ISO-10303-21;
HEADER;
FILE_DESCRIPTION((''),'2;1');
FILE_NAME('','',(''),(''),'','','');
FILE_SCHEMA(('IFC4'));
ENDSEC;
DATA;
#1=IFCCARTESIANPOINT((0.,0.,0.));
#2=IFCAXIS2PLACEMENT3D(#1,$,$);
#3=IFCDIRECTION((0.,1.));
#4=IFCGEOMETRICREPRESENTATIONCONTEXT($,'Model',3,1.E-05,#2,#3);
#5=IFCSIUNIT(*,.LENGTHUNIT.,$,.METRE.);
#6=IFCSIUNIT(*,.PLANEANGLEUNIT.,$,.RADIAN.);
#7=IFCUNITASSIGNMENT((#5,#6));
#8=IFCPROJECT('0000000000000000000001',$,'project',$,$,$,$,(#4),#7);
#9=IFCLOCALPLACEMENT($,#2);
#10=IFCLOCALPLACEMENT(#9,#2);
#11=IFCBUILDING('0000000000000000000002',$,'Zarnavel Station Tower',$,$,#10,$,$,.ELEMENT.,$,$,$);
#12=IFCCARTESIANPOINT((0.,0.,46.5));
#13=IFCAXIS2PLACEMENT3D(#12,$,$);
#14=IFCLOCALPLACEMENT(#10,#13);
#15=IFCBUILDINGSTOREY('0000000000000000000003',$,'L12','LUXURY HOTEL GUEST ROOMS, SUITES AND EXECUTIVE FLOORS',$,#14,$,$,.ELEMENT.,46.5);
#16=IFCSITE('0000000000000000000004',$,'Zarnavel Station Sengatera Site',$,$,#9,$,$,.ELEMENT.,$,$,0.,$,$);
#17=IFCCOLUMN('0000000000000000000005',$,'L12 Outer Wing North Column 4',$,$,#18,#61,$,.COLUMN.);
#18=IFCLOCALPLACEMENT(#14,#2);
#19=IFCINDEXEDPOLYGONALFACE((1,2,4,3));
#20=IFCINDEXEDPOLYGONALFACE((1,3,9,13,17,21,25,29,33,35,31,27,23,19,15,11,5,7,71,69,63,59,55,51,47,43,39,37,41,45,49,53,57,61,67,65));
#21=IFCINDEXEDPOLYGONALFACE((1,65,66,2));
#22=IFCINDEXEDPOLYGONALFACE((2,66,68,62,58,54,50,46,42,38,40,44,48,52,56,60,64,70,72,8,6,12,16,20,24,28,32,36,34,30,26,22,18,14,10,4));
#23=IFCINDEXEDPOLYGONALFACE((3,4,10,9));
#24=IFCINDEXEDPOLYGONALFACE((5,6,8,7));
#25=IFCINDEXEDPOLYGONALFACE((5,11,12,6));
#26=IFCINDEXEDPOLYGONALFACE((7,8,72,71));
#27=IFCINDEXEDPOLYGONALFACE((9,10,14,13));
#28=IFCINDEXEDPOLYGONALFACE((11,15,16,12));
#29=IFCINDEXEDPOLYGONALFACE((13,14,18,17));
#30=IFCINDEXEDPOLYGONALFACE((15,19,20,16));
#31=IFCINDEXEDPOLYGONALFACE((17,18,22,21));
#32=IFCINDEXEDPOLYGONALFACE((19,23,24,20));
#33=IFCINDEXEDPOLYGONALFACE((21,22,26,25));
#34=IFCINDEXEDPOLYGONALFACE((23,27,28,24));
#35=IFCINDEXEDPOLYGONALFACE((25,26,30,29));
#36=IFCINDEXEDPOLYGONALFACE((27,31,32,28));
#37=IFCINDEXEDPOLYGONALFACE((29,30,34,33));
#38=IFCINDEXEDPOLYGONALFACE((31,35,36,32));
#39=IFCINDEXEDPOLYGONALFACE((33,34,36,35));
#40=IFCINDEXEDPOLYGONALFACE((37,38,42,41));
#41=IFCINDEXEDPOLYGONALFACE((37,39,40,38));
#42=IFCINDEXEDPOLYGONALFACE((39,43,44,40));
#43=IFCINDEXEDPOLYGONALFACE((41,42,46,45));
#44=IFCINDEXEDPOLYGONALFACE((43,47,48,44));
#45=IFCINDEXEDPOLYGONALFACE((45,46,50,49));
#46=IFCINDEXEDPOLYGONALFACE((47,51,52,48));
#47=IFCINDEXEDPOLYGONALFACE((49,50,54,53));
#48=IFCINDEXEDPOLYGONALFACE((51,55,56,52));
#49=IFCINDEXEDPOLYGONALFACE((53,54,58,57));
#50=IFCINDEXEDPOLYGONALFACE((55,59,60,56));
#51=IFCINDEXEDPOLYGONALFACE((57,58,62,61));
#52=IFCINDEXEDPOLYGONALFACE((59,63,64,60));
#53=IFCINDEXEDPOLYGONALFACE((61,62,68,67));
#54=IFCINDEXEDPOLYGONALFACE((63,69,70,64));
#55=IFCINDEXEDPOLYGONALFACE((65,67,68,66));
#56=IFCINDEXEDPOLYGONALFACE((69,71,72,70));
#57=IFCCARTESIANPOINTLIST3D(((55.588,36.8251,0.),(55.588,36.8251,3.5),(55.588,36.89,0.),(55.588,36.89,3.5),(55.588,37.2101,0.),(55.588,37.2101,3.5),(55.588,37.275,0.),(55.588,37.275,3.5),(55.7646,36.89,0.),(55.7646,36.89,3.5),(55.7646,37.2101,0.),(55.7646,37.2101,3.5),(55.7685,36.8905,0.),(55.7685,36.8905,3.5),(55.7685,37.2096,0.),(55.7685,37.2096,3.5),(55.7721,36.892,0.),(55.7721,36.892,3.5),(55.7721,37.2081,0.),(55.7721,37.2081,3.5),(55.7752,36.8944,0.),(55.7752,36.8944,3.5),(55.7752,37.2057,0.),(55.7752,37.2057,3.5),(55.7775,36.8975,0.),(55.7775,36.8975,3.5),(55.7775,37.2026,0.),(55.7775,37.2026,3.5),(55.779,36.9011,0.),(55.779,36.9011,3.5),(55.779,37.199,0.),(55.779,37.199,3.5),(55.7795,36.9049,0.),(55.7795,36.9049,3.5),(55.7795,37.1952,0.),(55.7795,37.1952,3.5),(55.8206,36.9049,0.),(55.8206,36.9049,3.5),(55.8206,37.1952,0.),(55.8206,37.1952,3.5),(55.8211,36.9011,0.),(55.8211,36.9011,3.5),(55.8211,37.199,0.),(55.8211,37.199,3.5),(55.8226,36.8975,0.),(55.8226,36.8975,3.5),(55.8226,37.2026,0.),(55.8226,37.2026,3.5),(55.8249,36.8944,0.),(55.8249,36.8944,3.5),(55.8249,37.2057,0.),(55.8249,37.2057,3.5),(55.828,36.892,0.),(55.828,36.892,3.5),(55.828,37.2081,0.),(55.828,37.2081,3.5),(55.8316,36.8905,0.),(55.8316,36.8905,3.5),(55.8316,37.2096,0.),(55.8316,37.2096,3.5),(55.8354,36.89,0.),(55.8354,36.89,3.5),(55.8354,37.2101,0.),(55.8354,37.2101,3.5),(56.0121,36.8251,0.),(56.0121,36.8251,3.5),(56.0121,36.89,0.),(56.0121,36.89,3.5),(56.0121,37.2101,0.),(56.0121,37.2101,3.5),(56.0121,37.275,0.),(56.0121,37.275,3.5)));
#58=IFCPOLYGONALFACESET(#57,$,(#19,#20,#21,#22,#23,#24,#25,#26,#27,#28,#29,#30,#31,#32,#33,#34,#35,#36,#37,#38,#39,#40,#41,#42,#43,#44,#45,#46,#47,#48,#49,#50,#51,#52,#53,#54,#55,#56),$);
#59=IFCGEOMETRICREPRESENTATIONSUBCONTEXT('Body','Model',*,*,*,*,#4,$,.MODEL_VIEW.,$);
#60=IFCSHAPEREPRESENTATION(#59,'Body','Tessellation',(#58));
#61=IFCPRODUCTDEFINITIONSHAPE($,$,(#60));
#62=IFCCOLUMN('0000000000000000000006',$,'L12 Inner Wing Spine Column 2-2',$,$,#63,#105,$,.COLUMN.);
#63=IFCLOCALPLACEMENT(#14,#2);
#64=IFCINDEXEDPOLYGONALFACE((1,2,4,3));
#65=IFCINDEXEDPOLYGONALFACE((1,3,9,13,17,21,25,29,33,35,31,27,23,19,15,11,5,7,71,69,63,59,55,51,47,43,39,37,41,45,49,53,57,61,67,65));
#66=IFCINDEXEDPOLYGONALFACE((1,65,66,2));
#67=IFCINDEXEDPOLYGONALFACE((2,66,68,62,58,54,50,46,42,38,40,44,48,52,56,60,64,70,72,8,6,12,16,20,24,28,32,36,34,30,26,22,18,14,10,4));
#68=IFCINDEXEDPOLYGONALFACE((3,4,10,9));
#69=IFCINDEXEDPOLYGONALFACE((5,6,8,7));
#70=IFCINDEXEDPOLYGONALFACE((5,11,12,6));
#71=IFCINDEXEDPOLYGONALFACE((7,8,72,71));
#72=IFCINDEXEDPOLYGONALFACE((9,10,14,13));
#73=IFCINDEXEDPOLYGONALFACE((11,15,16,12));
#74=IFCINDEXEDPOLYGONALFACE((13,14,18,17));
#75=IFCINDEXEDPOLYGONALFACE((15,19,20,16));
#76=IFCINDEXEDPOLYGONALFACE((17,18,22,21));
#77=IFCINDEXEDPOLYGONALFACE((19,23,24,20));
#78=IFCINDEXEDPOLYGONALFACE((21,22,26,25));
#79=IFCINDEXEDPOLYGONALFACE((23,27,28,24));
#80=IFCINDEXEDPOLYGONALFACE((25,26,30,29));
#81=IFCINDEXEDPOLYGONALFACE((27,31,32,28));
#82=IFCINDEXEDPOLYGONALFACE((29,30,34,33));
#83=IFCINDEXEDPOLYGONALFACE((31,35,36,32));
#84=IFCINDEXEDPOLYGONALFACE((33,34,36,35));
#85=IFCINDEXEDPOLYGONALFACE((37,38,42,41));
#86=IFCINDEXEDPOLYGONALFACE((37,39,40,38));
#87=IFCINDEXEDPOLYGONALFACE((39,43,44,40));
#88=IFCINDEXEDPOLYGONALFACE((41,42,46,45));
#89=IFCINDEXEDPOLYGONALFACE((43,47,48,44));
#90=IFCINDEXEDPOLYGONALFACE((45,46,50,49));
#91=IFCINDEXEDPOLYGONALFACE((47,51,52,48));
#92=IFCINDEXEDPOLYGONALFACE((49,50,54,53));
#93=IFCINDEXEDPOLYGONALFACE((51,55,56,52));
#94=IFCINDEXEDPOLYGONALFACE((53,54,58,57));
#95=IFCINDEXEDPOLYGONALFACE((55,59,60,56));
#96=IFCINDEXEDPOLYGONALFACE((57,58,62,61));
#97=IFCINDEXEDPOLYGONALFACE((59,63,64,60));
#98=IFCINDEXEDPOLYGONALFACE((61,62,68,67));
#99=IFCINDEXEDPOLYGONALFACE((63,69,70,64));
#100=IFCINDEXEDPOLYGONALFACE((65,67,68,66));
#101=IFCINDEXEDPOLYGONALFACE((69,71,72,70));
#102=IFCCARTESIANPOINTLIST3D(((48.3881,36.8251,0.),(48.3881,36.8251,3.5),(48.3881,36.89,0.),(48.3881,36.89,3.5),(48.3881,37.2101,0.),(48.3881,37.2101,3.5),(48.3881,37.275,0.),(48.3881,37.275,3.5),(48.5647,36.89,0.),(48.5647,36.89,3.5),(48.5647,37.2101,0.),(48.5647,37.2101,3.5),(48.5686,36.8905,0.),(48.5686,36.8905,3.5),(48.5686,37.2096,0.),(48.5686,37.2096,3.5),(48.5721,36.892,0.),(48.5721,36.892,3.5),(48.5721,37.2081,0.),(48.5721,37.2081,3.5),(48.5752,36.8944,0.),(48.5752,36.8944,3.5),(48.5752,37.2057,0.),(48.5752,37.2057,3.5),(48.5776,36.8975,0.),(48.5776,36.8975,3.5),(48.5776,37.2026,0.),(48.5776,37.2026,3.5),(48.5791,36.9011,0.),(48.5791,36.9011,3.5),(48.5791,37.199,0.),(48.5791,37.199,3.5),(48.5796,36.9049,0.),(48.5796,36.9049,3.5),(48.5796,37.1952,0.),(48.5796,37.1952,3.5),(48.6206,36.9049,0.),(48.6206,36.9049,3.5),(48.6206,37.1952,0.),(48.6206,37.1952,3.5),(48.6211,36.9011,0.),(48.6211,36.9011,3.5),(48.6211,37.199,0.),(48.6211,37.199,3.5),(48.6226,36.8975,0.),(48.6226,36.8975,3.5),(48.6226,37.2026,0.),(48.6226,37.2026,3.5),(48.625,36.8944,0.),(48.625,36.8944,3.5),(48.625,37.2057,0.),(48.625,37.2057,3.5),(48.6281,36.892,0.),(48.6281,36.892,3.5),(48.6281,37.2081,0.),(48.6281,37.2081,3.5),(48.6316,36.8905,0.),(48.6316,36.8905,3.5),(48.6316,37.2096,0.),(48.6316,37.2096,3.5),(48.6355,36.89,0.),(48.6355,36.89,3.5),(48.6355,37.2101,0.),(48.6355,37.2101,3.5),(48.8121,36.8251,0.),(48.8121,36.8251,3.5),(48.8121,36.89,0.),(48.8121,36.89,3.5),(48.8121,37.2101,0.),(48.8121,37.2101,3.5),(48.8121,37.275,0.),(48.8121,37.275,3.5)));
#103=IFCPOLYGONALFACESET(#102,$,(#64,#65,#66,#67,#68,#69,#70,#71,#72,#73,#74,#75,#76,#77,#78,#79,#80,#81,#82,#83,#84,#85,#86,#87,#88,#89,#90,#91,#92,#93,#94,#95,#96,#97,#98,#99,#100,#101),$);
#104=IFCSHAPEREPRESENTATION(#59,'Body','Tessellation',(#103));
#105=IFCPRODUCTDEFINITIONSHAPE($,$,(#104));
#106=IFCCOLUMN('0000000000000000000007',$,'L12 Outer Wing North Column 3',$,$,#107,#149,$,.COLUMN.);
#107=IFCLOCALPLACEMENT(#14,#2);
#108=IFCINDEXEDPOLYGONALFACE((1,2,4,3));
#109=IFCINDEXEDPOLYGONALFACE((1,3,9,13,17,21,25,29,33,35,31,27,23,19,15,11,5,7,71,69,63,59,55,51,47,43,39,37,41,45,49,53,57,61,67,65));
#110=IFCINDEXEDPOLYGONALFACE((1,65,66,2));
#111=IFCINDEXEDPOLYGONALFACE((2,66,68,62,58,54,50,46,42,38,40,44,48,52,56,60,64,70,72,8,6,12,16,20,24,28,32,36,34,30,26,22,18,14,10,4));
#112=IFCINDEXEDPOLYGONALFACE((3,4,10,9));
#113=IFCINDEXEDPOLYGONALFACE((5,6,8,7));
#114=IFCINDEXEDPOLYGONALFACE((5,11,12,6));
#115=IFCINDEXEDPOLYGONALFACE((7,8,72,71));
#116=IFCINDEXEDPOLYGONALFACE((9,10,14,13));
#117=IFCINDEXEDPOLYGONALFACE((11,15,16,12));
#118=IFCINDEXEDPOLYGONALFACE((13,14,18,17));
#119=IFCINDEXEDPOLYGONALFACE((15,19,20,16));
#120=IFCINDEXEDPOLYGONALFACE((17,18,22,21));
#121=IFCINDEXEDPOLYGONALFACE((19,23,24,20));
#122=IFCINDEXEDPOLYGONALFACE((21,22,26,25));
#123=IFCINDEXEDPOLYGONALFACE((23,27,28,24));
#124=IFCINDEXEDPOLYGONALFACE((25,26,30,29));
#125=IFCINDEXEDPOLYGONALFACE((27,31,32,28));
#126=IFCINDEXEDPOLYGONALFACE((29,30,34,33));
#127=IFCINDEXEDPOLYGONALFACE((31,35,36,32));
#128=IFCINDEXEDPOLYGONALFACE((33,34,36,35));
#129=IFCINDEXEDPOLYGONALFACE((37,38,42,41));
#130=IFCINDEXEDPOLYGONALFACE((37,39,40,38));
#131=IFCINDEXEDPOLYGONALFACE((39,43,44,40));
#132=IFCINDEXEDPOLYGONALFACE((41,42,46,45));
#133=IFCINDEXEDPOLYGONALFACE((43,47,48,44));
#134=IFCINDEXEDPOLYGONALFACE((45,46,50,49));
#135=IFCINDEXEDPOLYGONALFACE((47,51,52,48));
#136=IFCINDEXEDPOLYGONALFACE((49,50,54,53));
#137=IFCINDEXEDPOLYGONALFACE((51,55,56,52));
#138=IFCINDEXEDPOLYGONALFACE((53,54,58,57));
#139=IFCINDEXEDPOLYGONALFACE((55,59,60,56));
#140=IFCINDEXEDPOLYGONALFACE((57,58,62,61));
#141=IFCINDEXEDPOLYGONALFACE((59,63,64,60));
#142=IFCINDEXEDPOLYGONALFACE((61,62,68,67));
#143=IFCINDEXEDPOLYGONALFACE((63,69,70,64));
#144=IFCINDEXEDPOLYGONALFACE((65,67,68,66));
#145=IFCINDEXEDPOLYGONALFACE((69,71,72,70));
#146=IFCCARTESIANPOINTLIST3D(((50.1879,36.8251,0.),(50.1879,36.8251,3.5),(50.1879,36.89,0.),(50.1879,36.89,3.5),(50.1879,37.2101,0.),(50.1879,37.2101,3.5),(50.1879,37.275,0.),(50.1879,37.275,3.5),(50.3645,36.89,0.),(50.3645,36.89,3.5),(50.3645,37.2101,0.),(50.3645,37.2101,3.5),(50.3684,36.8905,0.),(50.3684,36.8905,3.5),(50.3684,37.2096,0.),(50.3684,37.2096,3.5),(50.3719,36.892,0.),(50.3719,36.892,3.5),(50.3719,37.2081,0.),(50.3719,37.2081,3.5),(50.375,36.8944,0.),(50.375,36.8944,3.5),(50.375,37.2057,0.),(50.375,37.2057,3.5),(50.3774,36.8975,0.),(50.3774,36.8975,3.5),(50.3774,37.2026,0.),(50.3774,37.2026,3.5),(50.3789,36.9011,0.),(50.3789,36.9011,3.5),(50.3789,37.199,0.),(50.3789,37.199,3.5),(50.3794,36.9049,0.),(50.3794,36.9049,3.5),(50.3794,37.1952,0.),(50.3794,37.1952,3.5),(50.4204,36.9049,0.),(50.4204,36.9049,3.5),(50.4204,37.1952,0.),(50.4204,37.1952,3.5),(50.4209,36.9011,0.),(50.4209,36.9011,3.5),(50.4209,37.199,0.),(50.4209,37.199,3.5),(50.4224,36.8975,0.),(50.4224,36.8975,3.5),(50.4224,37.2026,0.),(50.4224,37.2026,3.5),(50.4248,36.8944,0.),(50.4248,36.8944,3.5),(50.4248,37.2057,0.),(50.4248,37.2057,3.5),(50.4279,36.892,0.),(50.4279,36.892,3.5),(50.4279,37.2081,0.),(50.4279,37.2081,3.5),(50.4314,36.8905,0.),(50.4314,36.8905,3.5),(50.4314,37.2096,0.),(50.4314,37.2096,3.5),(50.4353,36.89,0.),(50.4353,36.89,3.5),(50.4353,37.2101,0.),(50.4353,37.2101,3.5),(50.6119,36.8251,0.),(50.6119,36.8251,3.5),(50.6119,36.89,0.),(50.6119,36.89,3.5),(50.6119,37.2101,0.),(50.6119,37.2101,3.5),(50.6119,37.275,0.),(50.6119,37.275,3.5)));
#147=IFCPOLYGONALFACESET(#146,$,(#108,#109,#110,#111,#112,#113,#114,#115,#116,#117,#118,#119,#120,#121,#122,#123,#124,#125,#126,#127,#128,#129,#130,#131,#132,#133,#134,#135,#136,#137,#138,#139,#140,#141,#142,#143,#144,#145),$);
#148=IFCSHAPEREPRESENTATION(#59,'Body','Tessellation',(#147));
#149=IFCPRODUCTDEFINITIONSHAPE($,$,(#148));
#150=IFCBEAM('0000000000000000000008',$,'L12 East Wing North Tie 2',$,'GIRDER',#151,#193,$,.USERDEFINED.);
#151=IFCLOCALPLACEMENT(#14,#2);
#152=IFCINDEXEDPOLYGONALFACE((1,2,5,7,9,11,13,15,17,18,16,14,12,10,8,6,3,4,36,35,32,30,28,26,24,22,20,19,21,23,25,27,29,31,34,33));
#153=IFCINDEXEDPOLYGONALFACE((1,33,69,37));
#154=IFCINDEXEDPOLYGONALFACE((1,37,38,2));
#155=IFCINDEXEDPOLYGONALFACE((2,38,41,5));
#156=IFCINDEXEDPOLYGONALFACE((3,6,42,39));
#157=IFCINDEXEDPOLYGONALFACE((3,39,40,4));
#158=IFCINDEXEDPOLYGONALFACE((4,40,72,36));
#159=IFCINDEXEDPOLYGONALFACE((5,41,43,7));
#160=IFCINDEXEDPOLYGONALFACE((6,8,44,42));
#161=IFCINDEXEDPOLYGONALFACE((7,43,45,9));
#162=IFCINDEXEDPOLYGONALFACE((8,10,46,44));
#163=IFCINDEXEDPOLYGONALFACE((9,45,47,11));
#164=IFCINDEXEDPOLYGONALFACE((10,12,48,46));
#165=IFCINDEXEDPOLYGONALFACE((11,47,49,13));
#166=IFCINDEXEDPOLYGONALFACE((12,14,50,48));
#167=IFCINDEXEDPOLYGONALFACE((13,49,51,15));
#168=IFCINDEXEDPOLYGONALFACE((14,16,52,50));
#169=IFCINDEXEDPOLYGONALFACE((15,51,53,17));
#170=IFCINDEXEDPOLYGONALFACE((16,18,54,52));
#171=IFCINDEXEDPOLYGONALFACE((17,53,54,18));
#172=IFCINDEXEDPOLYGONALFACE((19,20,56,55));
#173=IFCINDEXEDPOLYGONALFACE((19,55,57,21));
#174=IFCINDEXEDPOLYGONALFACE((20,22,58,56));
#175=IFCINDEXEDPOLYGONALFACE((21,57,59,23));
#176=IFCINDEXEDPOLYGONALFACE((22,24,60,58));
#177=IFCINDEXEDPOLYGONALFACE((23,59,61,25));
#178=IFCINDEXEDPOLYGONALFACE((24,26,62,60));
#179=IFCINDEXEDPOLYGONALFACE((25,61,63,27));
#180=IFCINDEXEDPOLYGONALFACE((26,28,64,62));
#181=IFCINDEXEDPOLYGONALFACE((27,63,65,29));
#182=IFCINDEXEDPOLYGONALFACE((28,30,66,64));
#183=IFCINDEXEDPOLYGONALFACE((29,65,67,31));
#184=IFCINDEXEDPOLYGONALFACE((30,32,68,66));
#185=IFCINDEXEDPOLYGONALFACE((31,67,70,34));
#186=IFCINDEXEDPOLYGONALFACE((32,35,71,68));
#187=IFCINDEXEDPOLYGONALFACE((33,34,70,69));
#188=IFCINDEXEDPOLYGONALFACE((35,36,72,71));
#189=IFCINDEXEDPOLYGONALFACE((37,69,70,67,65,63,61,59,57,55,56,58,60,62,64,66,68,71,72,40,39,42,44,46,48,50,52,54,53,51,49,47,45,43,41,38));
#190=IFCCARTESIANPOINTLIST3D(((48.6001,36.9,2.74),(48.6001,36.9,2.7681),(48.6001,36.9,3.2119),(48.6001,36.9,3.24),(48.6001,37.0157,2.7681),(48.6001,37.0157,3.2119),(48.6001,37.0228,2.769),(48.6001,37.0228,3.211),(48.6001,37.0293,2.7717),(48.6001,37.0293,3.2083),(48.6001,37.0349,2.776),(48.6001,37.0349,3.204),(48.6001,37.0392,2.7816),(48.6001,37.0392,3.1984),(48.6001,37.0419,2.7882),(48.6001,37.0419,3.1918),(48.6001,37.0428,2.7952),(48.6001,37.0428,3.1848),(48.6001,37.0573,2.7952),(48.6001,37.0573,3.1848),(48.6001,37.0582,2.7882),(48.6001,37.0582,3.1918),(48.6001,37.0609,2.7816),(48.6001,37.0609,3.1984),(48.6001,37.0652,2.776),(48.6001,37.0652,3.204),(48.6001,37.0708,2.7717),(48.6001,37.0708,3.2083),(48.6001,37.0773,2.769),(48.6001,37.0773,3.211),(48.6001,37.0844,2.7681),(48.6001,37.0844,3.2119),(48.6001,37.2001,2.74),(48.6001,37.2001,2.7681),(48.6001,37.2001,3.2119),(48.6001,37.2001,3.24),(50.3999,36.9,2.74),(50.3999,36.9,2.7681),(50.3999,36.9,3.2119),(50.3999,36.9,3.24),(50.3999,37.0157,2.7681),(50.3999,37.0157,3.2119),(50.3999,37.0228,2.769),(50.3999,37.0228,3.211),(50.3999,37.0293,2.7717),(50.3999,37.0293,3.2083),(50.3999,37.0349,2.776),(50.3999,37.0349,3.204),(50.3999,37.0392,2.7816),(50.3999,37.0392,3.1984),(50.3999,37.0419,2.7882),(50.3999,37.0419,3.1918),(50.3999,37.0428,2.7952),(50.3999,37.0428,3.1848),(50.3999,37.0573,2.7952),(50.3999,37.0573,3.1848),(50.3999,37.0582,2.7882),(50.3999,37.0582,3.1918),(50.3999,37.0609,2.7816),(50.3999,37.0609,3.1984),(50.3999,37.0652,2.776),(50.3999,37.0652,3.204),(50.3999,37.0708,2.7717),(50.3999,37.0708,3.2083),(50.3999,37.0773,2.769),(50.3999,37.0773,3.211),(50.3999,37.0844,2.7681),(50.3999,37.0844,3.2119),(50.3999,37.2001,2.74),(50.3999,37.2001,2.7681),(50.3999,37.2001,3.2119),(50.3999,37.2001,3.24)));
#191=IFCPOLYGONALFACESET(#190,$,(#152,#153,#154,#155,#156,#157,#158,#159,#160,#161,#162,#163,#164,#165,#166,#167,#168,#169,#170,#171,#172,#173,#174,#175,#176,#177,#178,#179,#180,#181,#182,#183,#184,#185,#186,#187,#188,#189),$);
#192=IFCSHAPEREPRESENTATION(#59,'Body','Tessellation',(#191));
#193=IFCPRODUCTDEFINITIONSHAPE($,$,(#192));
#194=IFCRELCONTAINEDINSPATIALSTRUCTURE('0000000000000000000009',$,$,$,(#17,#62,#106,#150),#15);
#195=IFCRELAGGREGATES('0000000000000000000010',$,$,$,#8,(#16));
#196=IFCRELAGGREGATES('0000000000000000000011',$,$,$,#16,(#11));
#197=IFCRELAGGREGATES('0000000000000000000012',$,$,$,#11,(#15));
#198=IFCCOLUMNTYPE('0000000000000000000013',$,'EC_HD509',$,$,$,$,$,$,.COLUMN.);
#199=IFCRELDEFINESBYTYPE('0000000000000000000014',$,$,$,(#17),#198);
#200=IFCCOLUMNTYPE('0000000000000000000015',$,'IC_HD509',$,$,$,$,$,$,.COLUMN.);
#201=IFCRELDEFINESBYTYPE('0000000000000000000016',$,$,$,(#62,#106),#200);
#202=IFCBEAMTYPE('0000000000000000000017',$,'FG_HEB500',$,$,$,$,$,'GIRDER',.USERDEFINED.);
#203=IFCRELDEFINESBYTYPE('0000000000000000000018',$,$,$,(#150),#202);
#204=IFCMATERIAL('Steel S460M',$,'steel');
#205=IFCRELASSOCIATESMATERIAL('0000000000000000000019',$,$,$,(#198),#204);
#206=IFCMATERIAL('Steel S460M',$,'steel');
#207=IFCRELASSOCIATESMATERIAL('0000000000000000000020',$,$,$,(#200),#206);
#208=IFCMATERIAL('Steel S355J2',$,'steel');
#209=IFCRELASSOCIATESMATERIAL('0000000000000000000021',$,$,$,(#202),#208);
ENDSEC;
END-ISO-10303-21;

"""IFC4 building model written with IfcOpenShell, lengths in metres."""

from ifc_helpers import new_model, si_unit, direction, frame, origin, origin_2d, place, context, subcontext, project, spatial, i_section, extrude, material, material_profile, profile_set, type_object, element, save


model = new_model("IFC4")

# Units and contexts
model_context = context("Model", 3, precision=1e-05, world=origin(), true_north=direction((0.0, 1.0)))
body_context = subcontext(model_context, "Body", "Model", "MODEL_VIEW")
ifc_project = project(units=[si_unit("LENGTHUNIT", "METRE"), si_unit("PLANEANGLEUNIT", "RADIAN")], contexts=[model_context])

# Site, building, storey
site_placement = place(None, origin())
site = spatial("IfcSite", under=ifc_project, at=site_placement, Name="Zarnavel Station Sengatera Site", CompositionType="ELEMENT", RefElevation=0.0)
building_placement = place(site_placement, origin())
building = spatial("IfcBuilding", under=site, at=building_placement, Name="Zarnavel Station Tower", CompositionType="ELEMENT")
storey_placement = place(building_placement, frame((0.0, 0.0, 46.5)))
storey = spatial("IfcBuildingStorey", under=building, at=storey_placement, Name="L12", Description="LUXURY HOTEL GUEST ROOMS, SUITES AND EXECUTIVE FLOORS", CompositionType="ELEMENT", Elevation=46.5)

# Columns
ifc_material_1 = material(Name="Steel S460M", Category="steel")
ifc_material_profile_1 = material_profile(ifc_material_1, i_section(OverallWidth=0.4241, OverallDepth=0.45, WebThickness=0.041, FlangeThickness=0.0649, FilletRadius=0.0149, at=origin_2d()), Name="HD400x509")
ifc_profile_set_1 = profile_set([ifc_material_profile_1], Name="Steel S460M")
column_type_1 = type_object("IfcColumnType", Name="EC_HD509", PredefinedType="COLUMN", material=ifc_profile_set_1)
column_placement = place(storey_placement, frame((55.8, 37.05, 0.0), z_axis=(0.0, 0.0, 1.0), x_axis=(1.0, 0.0, 0.0)))
element("IfcColumn", 1, at=column_placement, inside=storey, type_object=column_type_1, Name="L12 Outer Wing North Column 4", PredefinedType="COLUMN", context=body_context, shape_type="SweptSolid", body=[
    extrude(i_section(OverallWidth=0.4241, OverallDepth=0.45, WebThickness=0.041, FlangeThickness=0.0649, FilletRadius=0.0149, at=origin_2d()), origin(), (0.0, 0.0, 1.0), 3.5),
])
ifc_material_2 = material(Name="Steel S460M", Category="steel")
ifc_material_profile_2 = material_profile(ifc_material_2, i_section(OverallWidth=0.4241, OverallDepth=0.45, WebThickness=0.041, FlangeThickness=0.0649, FilletRadius=0.0149, at=origin_2d()), Name="HD400x509")
ifc_profile_set_2 = profile_set([ifc_material_profile_2], Name="Steel S460M")
column_type_2 = type_object("IfcColumnType", Name="IC_HD509", PredefinedType="COLUMN", material=ifc_profile_set_2)
for number, where, z_axis, x_axis, name in (
    (2, (48.6001, 37.05, 0.0), (0.0, 0.0, 1.0), (1.0, 0.0, 0.0), "L12 Inner Wing Spine Column 2-2"),
    (3, (50.3999, 37.05, 0.0), (0.0, 0.0, 1.0), (1.0, 0.0, 0.0), "L12 Outer Wing North Column 3"),
):
    element("IfcColumn", number, at=place(storey_placement, frame(where, z_axis=z_axis, x_axis=x_axis)), inside=storey, type_object=column_type_2, Name=name, PredefinedType="COLUMN", context=body_context, shape_type="SweptSolid", body=[
        extrude(i_section(OverallWidth=0.4241, OverallDepth=0.45, WebThickness=0.041, FlangeThickness=0.0649, FilletRadius=0.0149, at=origin_2d()), origin(), (0.0, 0.0, 1.0), 3.5),
    ])

# Beam
ifc_material_3 = material(Name="Steel S355J2", Category="steel")
ifc_material_profile_3 = material_profile(ifc_material_3, i_section(OverallWidth=0.3, OverallDepth=0.5, WebThickness=0.0144, FlangeThickness=0.0281, FilletRadius=0.0271, at=origin_2d()), Name="HEB500")
ifc_profile_set_3 = profile_set([ifc_material_profile_3], Name="Steel S355J2")
beam_type = type_object("IfcBeamType", Name="FG_HEB500", ElementType="GIRDER", PredefinedType="USERDEFINED", material=ifc_profile_set_3)
beam_1_placement = place(storey_placement, frame((48.6001, 37.05, 2.99), z_axis=(1.0, 0.0, 0.0), x_axis=(0.0, 1.0, 0.0)))
element("IfcBeam", 4, at=beam_1_placement, inside=storey, type_object=beam_type, Name="L12 East Wing North Tie 2", ObjectType="GIRDER", PredefinedType="USERDEFINED", context=body_context, shape_type="SweptSolid", body=[
    extrude(i_section(OverallWidth=0.3, OverallDepth=0.5, WebThickness=0.0144, FlangeThickness=0.0281, FilletRadius=0.0271, at=origin_2d()), origin(), (0.0, 0.0, 1.0), 1.7998),
])

save(model, "model.ifc")
